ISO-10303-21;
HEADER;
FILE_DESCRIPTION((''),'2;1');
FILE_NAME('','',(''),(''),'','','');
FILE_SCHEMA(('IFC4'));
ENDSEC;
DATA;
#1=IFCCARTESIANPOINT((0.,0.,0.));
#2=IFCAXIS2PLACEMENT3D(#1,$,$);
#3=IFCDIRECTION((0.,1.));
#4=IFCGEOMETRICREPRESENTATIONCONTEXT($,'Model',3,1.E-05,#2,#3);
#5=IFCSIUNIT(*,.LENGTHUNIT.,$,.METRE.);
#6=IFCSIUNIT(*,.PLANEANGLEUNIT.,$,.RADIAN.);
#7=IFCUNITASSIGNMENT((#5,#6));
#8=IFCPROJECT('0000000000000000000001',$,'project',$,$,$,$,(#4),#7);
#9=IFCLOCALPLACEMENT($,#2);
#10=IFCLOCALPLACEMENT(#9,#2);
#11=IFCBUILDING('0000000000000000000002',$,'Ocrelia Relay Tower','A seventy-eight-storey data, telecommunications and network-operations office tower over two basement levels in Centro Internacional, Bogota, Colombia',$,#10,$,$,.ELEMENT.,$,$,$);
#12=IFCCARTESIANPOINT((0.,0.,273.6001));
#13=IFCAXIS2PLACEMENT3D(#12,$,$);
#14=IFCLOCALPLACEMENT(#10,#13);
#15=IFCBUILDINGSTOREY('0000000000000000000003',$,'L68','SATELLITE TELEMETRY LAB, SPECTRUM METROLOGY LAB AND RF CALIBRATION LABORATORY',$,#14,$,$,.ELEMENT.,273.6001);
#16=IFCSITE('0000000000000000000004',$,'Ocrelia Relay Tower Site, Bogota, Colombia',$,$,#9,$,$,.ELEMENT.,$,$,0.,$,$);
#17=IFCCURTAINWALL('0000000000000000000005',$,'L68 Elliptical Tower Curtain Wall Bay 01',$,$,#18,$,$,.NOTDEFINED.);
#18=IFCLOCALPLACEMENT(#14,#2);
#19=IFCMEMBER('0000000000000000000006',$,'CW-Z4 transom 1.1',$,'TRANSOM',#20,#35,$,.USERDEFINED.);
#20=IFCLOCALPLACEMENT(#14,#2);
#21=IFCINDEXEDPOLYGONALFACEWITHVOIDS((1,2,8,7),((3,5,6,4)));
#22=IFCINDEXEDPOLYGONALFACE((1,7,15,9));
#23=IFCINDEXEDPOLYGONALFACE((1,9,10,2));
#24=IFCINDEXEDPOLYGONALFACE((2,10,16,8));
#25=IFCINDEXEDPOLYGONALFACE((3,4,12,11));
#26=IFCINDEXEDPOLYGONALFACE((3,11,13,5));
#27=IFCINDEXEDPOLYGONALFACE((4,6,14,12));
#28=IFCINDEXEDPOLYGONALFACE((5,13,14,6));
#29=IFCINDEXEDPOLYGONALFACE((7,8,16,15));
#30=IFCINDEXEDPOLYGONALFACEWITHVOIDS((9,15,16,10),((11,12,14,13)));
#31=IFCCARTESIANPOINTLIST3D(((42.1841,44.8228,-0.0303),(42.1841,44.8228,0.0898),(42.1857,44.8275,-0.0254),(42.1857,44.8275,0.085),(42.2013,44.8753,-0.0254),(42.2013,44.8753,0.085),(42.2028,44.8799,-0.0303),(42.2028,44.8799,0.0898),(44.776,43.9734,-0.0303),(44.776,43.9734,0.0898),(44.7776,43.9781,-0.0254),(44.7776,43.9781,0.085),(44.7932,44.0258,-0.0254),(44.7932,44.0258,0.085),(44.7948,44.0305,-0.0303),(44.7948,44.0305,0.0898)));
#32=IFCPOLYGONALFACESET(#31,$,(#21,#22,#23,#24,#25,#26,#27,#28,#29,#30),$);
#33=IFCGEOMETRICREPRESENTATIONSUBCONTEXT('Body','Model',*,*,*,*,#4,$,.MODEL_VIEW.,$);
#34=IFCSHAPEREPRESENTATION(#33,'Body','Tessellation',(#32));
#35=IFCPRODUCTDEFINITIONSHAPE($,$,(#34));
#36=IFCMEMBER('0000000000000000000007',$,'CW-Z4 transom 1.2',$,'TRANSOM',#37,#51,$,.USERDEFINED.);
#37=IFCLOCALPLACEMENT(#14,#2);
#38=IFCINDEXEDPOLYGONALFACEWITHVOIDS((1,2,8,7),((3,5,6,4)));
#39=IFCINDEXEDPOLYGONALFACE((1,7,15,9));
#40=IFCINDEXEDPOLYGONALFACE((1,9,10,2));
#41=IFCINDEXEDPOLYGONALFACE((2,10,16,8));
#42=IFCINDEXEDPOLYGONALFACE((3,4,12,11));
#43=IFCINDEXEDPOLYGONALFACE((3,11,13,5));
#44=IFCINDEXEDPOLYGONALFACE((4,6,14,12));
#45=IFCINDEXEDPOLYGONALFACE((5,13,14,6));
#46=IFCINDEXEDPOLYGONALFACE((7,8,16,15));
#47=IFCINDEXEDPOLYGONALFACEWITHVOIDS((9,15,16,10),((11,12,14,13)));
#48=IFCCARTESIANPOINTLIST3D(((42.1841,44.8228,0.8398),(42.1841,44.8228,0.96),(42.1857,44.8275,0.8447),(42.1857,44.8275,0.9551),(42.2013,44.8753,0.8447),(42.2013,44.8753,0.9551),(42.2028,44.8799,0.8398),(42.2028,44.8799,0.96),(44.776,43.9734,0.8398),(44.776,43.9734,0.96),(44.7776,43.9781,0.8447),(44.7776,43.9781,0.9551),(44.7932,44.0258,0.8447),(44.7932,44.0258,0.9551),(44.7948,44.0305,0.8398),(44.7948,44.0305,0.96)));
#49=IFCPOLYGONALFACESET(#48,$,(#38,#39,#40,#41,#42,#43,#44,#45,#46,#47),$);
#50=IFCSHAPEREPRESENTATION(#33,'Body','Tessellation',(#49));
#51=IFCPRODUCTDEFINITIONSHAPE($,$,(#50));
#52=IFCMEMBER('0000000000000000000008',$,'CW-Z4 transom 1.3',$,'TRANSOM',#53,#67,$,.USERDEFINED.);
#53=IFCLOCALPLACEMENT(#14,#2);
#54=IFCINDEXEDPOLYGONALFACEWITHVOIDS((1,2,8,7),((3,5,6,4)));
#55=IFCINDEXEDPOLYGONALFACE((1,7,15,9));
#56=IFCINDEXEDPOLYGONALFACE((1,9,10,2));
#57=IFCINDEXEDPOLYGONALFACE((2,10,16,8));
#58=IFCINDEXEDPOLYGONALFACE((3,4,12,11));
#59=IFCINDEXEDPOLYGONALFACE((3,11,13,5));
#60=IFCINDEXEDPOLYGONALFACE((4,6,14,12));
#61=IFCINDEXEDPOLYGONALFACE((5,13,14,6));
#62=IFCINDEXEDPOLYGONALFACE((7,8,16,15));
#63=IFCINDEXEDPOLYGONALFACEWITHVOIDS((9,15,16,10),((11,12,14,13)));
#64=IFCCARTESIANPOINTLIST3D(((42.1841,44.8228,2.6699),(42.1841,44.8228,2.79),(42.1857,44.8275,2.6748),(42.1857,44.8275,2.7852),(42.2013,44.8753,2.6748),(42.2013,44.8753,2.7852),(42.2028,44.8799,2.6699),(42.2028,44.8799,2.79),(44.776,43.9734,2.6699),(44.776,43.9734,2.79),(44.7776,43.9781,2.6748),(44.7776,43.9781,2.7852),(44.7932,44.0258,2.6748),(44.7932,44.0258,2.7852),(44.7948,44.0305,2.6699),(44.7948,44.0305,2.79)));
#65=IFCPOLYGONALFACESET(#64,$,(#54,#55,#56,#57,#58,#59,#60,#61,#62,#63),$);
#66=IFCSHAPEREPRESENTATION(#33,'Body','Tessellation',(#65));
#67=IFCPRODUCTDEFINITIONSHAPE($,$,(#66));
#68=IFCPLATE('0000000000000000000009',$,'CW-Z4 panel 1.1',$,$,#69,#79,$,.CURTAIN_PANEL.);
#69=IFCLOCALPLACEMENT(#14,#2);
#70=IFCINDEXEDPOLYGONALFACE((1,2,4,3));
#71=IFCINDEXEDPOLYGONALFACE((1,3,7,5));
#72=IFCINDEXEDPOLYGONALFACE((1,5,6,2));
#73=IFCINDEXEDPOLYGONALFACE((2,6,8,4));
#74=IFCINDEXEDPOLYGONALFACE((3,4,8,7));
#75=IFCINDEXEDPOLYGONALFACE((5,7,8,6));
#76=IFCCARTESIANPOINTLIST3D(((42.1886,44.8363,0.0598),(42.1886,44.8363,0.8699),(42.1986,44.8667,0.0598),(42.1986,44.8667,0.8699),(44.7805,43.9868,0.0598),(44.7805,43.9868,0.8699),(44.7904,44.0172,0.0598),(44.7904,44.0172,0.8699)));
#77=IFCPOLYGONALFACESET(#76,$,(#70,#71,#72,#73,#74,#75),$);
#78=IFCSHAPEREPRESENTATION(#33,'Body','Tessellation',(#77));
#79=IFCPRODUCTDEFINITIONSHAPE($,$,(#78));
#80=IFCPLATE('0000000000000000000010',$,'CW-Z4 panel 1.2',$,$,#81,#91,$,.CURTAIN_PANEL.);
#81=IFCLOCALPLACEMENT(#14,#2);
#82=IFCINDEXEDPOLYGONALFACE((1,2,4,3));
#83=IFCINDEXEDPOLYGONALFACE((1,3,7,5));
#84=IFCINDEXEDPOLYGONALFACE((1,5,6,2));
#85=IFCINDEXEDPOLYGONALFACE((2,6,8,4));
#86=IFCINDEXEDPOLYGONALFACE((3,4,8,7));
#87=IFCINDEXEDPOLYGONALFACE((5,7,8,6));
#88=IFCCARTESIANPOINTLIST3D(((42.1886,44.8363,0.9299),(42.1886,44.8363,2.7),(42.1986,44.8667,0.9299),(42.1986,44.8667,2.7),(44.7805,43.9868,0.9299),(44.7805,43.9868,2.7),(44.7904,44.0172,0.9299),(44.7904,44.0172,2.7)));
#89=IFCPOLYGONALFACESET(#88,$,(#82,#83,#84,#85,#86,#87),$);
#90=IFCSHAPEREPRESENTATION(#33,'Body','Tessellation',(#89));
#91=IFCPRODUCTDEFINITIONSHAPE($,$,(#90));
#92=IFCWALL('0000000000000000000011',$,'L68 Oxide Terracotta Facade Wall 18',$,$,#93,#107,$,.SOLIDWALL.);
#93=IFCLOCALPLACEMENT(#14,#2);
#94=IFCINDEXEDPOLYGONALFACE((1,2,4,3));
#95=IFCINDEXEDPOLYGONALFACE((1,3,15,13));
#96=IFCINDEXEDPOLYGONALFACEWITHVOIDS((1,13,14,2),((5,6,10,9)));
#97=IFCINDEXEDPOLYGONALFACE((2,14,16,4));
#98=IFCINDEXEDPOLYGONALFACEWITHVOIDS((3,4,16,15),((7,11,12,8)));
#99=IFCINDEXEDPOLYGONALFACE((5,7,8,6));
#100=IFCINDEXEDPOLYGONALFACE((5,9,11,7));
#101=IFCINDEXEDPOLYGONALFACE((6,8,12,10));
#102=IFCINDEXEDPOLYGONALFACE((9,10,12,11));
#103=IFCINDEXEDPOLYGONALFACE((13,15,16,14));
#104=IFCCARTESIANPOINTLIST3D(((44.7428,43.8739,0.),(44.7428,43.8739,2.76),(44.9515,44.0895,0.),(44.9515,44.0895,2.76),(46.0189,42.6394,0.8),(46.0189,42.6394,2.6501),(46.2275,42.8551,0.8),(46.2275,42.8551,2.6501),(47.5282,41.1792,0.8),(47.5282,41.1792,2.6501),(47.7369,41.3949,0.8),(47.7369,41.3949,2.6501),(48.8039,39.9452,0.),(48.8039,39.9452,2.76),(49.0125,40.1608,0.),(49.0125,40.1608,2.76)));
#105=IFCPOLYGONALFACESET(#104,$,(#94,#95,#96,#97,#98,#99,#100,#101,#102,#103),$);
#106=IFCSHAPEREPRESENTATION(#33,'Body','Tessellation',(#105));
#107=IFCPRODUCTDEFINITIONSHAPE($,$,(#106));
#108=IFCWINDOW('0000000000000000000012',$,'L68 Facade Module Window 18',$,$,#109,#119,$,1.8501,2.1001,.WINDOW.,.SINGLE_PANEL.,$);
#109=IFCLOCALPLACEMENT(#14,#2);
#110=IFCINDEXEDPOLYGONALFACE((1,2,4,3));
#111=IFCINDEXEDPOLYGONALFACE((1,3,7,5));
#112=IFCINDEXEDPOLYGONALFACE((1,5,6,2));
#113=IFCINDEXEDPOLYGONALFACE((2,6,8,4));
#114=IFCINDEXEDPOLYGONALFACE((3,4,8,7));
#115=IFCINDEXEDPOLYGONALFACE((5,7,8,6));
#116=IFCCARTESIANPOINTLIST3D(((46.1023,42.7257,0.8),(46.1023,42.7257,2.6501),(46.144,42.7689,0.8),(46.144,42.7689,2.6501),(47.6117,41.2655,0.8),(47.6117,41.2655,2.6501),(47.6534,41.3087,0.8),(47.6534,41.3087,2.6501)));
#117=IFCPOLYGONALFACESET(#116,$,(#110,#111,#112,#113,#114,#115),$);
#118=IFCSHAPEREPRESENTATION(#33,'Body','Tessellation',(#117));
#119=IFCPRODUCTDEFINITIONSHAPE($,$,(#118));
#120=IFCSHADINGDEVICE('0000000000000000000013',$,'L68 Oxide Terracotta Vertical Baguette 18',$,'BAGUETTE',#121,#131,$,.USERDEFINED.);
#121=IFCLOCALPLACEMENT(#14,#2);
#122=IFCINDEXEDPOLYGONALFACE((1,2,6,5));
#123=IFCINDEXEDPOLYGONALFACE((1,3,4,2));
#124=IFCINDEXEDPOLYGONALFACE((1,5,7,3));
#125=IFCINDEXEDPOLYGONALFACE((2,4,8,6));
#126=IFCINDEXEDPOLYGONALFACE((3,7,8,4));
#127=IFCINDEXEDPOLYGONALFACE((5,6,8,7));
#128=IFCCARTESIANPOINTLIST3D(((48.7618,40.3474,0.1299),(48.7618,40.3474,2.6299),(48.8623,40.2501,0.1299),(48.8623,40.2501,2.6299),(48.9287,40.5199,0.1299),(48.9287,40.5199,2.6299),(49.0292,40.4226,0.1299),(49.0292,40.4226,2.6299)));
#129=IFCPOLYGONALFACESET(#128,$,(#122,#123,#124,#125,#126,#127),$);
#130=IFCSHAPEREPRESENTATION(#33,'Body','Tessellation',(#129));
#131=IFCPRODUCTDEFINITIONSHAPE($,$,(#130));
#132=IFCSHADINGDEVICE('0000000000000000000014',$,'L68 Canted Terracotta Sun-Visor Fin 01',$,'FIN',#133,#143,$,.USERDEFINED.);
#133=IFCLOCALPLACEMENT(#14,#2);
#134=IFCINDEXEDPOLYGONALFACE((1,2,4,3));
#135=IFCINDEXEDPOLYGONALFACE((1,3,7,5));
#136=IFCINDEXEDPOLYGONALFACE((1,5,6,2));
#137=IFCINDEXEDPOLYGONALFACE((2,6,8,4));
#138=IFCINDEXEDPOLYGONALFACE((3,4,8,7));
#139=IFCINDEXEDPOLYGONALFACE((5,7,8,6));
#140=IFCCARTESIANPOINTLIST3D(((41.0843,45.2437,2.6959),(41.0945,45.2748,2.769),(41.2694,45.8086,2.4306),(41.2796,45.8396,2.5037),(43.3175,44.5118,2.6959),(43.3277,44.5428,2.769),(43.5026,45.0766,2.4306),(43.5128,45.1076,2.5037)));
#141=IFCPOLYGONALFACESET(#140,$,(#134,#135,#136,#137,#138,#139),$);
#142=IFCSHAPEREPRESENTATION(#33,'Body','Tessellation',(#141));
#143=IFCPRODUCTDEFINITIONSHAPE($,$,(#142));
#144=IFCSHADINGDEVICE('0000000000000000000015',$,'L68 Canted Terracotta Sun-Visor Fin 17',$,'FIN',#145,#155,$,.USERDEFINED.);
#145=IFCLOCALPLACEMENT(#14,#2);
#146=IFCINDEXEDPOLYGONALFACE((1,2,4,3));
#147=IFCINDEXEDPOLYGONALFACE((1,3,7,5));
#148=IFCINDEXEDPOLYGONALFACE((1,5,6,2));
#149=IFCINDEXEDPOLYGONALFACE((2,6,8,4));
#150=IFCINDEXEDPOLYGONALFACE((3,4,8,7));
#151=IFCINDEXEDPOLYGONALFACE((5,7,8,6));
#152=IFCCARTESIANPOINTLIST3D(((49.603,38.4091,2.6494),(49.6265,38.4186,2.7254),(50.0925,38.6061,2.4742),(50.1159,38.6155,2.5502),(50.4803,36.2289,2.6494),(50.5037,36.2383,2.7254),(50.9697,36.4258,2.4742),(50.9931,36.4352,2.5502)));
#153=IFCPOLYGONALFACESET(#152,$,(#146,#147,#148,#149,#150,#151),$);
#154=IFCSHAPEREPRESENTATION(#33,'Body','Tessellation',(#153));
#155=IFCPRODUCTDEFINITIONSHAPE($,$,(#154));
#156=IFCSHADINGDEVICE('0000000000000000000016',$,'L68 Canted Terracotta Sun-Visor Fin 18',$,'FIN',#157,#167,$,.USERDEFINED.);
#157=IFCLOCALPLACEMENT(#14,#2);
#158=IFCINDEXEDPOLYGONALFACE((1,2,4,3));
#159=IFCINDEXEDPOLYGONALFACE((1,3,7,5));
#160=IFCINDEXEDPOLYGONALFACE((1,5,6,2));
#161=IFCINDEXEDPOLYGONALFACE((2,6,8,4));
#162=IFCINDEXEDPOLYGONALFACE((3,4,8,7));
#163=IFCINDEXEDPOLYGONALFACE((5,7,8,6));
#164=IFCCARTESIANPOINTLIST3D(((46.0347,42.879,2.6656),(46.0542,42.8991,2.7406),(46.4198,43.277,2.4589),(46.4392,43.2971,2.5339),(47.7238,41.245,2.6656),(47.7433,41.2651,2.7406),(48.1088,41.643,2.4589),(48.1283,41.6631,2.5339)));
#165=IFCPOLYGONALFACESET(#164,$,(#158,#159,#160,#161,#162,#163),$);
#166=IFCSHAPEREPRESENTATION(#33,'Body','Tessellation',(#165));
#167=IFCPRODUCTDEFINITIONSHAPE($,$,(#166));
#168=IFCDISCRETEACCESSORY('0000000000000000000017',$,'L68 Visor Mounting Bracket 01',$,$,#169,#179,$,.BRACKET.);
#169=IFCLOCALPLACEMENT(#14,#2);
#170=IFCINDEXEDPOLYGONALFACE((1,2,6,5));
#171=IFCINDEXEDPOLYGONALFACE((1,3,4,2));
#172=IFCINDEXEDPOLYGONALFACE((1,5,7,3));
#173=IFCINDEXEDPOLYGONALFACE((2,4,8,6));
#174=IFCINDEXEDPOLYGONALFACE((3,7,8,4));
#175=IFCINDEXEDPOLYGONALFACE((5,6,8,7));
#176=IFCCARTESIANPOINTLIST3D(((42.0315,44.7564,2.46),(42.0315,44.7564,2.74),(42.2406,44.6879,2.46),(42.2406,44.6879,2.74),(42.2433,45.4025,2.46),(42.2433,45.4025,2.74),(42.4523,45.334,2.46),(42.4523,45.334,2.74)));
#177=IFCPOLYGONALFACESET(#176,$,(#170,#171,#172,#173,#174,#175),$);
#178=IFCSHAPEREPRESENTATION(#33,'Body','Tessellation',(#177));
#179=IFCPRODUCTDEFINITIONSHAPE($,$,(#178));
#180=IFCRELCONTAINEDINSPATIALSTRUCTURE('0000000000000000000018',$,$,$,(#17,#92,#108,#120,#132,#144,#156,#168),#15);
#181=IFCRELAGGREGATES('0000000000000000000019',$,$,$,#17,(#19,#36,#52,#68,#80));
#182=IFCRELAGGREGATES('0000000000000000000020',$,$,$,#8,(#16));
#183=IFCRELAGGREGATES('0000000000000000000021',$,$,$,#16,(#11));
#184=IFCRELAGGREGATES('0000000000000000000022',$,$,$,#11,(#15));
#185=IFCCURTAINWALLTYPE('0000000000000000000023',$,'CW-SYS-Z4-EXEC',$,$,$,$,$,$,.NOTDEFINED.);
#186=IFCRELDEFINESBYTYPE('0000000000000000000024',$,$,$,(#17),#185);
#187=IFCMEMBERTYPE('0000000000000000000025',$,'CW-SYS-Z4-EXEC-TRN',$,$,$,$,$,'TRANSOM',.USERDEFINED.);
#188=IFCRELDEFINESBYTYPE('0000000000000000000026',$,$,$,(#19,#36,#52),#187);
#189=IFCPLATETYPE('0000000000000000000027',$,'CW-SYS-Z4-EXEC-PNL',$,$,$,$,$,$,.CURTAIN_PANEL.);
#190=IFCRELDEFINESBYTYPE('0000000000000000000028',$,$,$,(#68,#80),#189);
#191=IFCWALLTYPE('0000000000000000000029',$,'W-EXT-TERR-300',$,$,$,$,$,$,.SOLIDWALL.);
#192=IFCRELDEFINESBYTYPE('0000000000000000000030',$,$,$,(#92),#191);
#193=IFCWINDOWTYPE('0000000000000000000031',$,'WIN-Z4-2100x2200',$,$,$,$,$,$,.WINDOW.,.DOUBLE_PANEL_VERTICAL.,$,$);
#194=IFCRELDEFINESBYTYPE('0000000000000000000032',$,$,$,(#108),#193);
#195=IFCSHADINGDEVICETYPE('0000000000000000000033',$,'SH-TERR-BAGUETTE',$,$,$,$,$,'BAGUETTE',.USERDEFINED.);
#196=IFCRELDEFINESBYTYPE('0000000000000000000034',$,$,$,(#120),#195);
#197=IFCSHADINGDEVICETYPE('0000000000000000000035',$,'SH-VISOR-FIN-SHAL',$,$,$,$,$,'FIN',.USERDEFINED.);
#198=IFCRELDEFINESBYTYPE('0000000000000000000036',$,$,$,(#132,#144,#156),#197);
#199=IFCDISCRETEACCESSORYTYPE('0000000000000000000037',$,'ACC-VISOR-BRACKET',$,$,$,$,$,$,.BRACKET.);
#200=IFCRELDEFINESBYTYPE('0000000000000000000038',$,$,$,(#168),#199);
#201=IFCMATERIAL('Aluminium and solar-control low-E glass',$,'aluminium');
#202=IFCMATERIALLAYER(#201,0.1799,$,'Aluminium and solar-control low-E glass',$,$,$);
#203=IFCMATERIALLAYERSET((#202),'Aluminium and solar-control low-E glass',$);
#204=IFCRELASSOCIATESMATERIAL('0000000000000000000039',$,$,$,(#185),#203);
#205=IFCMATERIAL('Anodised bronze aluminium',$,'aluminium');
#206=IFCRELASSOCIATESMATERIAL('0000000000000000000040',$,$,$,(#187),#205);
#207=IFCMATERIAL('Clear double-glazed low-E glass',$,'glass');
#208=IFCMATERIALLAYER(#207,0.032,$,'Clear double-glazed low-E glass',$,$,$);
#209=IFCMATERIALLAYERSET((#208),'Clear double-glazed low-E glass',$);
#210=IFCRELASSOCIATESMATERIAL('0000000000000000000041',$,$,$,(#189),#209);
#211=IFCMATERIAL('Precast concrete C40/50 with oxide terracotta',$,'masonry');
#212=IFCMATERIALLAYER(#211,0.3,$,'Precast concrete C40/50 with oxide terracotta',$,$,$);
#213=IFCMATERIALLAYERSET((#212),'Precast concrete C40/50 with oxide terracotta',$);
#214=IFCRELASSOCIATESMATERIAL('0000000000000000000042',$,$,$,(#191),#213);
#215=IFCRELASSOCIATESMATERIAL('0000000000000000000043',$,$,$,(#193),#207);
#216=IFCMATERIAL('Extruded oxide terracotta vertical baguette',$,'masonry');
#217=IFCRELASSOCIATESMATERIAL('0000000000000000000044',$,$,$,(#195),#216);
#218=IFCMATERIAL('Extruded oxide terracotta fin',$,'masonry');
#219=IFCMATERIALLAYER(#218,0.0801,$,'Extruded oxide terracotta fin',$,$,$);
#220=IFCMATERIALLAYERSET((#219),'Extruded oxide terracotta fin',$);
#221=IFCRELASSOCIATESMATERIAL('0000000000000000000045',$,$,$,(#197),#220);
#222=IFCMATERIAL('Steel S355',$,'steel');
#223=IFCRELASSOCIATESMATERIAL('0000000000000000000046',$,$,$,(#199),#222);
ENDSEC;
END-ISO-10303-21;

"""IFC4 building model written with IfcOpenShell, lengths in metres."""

from ifc_helpers import new_model, si_unit, direction, frame, frame_2d, origin, origin_2d, place, context, subcontext, project, spatial, rectangle, hollow_rectangle, extrude, material, layer, layer_set, material_profile, profile_set, type_object, element, fill, aggregate, save


model = new_model("IFC4")

# Units and contexts
model_context = context("Model", 3, precision=1e-05, world=origin(), true_north=direction((0.0, 1.0)))
body_context = subcontext(model_context, "Body", "Model", "MODEL_VIEW")
ifc_project = project(units=[si_unit("LENGTHUNIT", "METRE"), si_unit("PLANEANGLEUNIT", "RADIAN")], contexts=[model_context])

# Site, building, storey
site_placement = place(None, origin())
site = spatial("IfcSite", under=ifc_project, at=site_placement, Name="Ocrelia Relay Tower Site, Bogota, Colombia", CompositionType="ELEMENT", RefElevation=0.0)
building_placement = place(site_placement, origin())
building = spatial("IfcBuilding", under=site, at=building_placement, Name="Ocrelia Relay Tower", Description="A seventy-eight-storey data, telecommunications and network-operations office tower over two basement levels in Centro Internacional, Bogota, Colombia", CompositionType="ELEMENT")
storey_placement = place(building_placement, frame((0.0, 0.0, 273.6001)))
storey = spatial("IfcBuildingStorey", under=building, at=storey_placement, Name="L68", Description="SATELLITE TELEMETRY LAB, SPECTRUM METROLOGY LAB AND RF CALIBRATION LABORATORY", CompositionType="ELEMENT", Elevation=273.6001)

# Shared definitions
ifc_material_1 = material(Name="Steel S355", Category="steel")

# Curtain wall, members, plates
ifc_material_2 = material(Name="Aluminium and solar-control low-E glass", Category="aluminium")
ifc_layer_1 = layer(ifc_material_2, 0.1799, Name="Aluminium and solar-control low-E glass")
ifc_layer_set_1 = layer_set([ifc_layer_1], Name="Aluminium and solar-control low-E glass")
curtain_wall_type = type_object("IfcCurtainWallType", Name="CW-SYS-Z4-EXEC", PredefinedType="NOTDEFINED", material=ifc_layer_set_1)
curtain_wall_placement = place(storey_placement, origin())
curtain_wall = element("IfcCurtainWall", 1, at=curtain_wall_placement, inside=storey, type_object=curtain_wall_type, Name="L68 Elliptical Tower Curtain Wall Bay 01", PredefinedType="NOTDEFINED")
ifc_material_3 = material(Name="Anodised bronze aluminium", Category="aluminium")
ifc_material_profile_1 = material_profile(ifc_material_3, hollow_rectangle(XDim=0.0601, YDim=0.1201, WallThickness=0.0049, at=origin_2d()), Name="CW-TRN-120x60")
ifc_profile_set_1 = profile_set([ifc_material_profile_1], Name="Anodised bronze aluminium")
member_type_1 = type_object("IfcMemberType", Name="CW-SYS-Z4-EXEC-TRN", ElementType="TRANSOM", PredefinedType="USERDEFINED", material=ifc_profile_set_1)
member_1_placement = place(storey_placement, frame((44.7854, 44.002, 0.0298), z_axis=(-0.950273, 0.311417, 0.0), x_axis=(-0.311417, -0.950273, 0.0)))
member_1 = element("IfcMember", 2, at=member_1_placement, type_object=member_type_1, Name="CW-Z4 transom 1.1", ObjectType="TRANSOM", PredefinedType="USERDEFINED", context=body_context, shape_type="SweptSolid", body=[
    extrude(hollow_rectangle(XDim=0.0601, YDim=0.1201, WallThickness=0.0049, at=origin_2d()), origin(), (0.0, 0.0, 1.0), 2.7275),
])
member_2_placement = place(storey_placement, frame((44.7854, 44.002, 0.8999), z_axis=(-0.950273, 0.311417, 0.0), x_axis=(-0.311417, -0.950273, 0.0)))
member_2 = element("IfcMember", 3, at=member_2_placement, type_object=member_type_1, Name="CW-Z4 transom 1.2", ObjectType="TRANSOM", PredefinedType="USERDEFINED", context=body_context, shape_type="SweptSolid", body=[
    extrude(hollow_rectangle(XDim=0.0601, YDim=0.1201, WallThickness=0.0049, at=origin_2d()), origin(), (0.0, 0.0, 1.0), 2.7275),
])
member_3_placement = place(storey_placement, frame((44.7854, 44.002, 2.73), z_axis=(-0.950273, 0.311417, 0.0), x_axis=(-0.311417, -0.950273, 0.0)))
member_3 = element("IfcMember", 4, at=member_3_placement, type_object=member_type_1, Name="CW-Z4 transom 1.3", ObjectType="TRANSOM", PredefinedType="USERDEFINED", context=body_context, shape_type="SweptSolid", body=[
    extrude(hollow_rectangle(XDim=0.0601, YDim=0.1201, WallThickness=0.0049, at=origin_2d()), origin(), (0.0, 0.0, 1.0), 2.7275),
])
ifc_material_4 = material(Name="Clear double-glazed low-E glass", Category="glass")
ifc_layer_2 = layer(ifc_material_4, 0.032, Name="Clear double-glazed low-E glass")
ifc_layer_set_2 = layer_set([ifc_layer_2], Name="Clear double-glazed low-E glass")
plate_type = type_object("IfcPlateType", Name="CW-SYS-Z4-EXEC-PNL", PredefinedType="CURTAIN_PANEL", material=ifc_layer_set_2)
plate_1_placement = place(storey_placement, frame((43.4895, 44.4268, 0.0598), z_axis=(0.0, 0.0, 1.0), x_axis=(-0.950255, 0.311472, 0.0)))
plate_1 = element("IfcPlate", 5, at=plate_1_placement, type_object=plate_type, Name="CW-Z4 panel 1.1", PredefinedType="CURTAIN_PANEL", context=body_context, shape_type="SweptSolid", body=[
    extrude(rectangle(XDim=2.7275, YDim=0.032, at=origin_2d()), origin(), (0.0, 0.0, 1.0), 0.8101),
])
plate_2_placement = place(storey_placement, frame((43.4895, 44.4268, 0.9299), z_axis=(0.0, 0.0, 1.0), x_axis=(-0.950255, 0.311472, 0.0)))
plate_2 = element("IfcPlate", 6, at=plate_2_placement, type_object=plate_type, Name="CW-Z4 panel 1.2", PredefinedType="CURTAIN_PANEL", context=body_context, shape_type="SweptSolid", body=[
    extrude(rectangle(XDim=2.7275, YDim=0.032, at=origin_2d()), origin(), (0.0, 0.0, 1.0), 1.77),
])
aggregate(curtain_wall, [member_1, member_2, member_3, plate_1, plate_2])

# Wall, opening, window
ifc_material_5 = material(Name="Precast concrete C40/50 with oxide terracotta", Category="masonry")
ifc_layer_3 = layer(ifc_material_5, 0.3, Name="Precast concrete C40/50 with oxide terracotta")
ifc_layer_set_3 = layer_set([ifc_layer_3], Name="Precast concrete C40/50 with oxide terracotta")
wall_type = type_object("IfcWallType", Name="W-EXT-TERR-300", PredefinedType="SOLIDWALL", material=ifc_layer_set_3)
wall_placement = place(storey_placement, frame((48.9082, 40.053, 0.0), z_axis=(0.0, 0.0, 1.0), x_axis=(-0.718719, 0.695301, 0.0)))
wall = element("IfcWall", 7, at=wall_placement, inside=storey, type_object=wall_type, Name="L68 Oxide Terracotta Facade Wall 18", PredefinedType="SOLIDWALL", context=body_context, shape_type="SweptSolid", body=[
    extrude(rectangle(XDim=5.6504, YDim=0.3, at=frame_2d((2.8252, 0.0))), origin(), (0.0, 0.0, 1.0), 2.76),
])
opening_placement = place(wall_placement, frame((1.7749, 0.0, 0.8)))
opening = element("IfcOpeningElement", 8, at=opening_placement, cuts=wall, PredefinedType="OPENING", context=body_context, shape_type="SweptSolid", body=[
    extrude(rectangle(XDim=2.1001, YDim=1.8501, at=frame_2d((1.05, 0.925))), frame((0.0, 0.1602, 0.0), z_axis=(0.0, -1.0, 0.0), x_axis=(1.0, 0.0, 0.0)), (0.0, 0.0, 1.0), 0.3201),
])
window_type = type_object("IfcWindowType", Name="WIN-Z4-2100x2200", PartitioningType="DOUBLE_PANEL_VERTICAL", PredefinedType="WINDOW", material=ifc_material_4)
window_placement = place(opening_placement, origin())
window = element("IfcWindow", 9, at=window_placement, inside=storey, type_object=window_type, Name="L68 Facade Module Window 18", OverallHeight=1.8501, OverallWidth=2.1001, PartitioningType="SINGLE_PANEL", PredefinedType="WINDOW", context=body_context, shape_type="SweptSolid", body=[
    extrude(rectangle(XDim=2.1001, YDim=1.8501, at=frame_2d((1.05, 0.925))), frame((0.0, 0.03, 0.0), z_axis=(0.0, -1.0, 0.0), x_axis=(1.0, 0.0, 0.0)), (0.0, 0.0, 1.0), 0.0601),
])
fill(opening, window)

# Shading devices
ifc_material_6 = material(Name="Extruded oxide terracotta vertical baguette", Category="masonry")
shading_device_type_1 = type_object("IfcShadingDeviceType", Name="SH-TERR-BAGUETTE", ElementType="BAGUETTE", PredefinedType="USERDEFINED", material=ifc_material_6)
shading_device_1_placement = place(storey_placement, frame((48.8955, 40.385, 0.1299), z_axis=(0.0, 0.0, 1.0), x_axis=(-0.718709, 0.695311, 0.0)))
element("IfcShadingDevice", 10, at=shading_device_1_placement, inside=storey, type_object=shading_device_type_1, Name="L68 Oxide Terracotta Vertical Baguette 18", ObjectType="BAGUETTE", PredefinedType="USERDEFINED", context=body_context, shape_type="SweptSolid", body=[
    extrude(rectangle(XDim=0.1399, YDim=0.24, at=origin_2d()), origin(), (0.0, 0.0, 1.0), 2.5),
])
ifc_material_7 = material(Name="Extruded oxide terracotta fin", Category="masonry")
ifc_layer_4 = layer(ifc_material_7, 0.0801, Name="Extruded oxide terracotta fin")
ifc_layer_set_4 = layer_set([ifc_layer_4], Name="Extruded oxide terracotta fin")
shading_device_type_2 = type_object("IfcShadingDeviceType", Name="SH-VISOR-FIN-SHAL", ElementType="FIN", PredefinedType="USERDEFINED", material=ifc_layer_set_4)
shading_device_2_placement = place(storey_placement, frame((42.2935, 45.1602, 2.5632), z_axis=(0.126935, 0.387261, 0.91319), x_axis=(-0.950255, 0.311472, 0.0)))
element("IfcShadingDevice", 11, at=shading_device_2_placement, inside=storey, type_object=shading_device_type_2, Name="L68 Canted Terracotta Sun-Visor Fin 01", ObjectType="FIN", PredefinedType="USERDEFINED", context=body_context, shape_type="SweptSolid", body=[
    extrude(rectangle(XDim=2.3501, YDim=0.6509, at=origin_2d()), origin(), (0.0, 0.0, 1.0), 0.0801),
])
shading_device_3_placement = place(storey_placement, frame((50.2864, 37.4175, 2.5618), z_axis=(0.292374, 0.117637, 0.949041), x_axis=(-0.37327, 0.927723, 0.0)))
element("IfcShadingDevice", 12, at=shading_device_3_placement, inside=storey, type_object=shading_device_type_2, Name="L68 Canted Terracotta Sun-Visor Fin 17", ObjectType="FIN", PredefinedType="USERDEFINED", context=body_context, shape_type="SweptSolid", body=[
    extrude(rectangle(XDim=2.3501, YDim=0.5559, at=origin_2d()), origin(), (0.0, 0.0, 1.0), 0.0801),
])
shading_device_4_placement = place(storey_placement, frame((47.0718, 42.261, 2.5623), z_axis=(0.243162, 0.251345, 0.936855), x_axis=(-0.718709, 0.695311, 0.0)))
element("IfcShadingDevice", 13, at=shading_device_4_placement, inside=storey, type_object=shading_device_type_2, Name="L68 Canted Terracotta Sun-Visor Fin 18", ObjectType="FIN", PredefinedType="USERDEFINED", context=body_context, shape_type="SweptSolid", body=[
    extrude(rectangle(XDim=2.3501, YDim=0.5911, at=origin_2d()), origin(), (0.0, 0.0, 1.0), 0.0801),
])

# Discrete accessory
discrete_accessory_type = type_object("IfcDiscreteAccessoryType", Name="ACC-VISOR-BRACKET", PredefinedType="BRACKET", material=ifc_material_1)
for number, where, z_axis, x_axis, name in (
    (14, (42.2419, 45.0452, 2.46), (0.0, 0.0, 1.0), (-0.950255, 0.311472, 0.0), "L68 Visor Mounting Bracket 01"),
):
    element("IfcDiscreteAccessory", number, at=place(storey_placement, frame(where, z_axis=z_axis, x_axis=x_axis)), inside=storey, type_object=discrete_accessory_type, Name=name, PredefinedType="BRACKET", context=body_context, shape_type="SweptSolid", body=[
        extrude(rectangle(XDim=0.22, YDim=0.6799, at=origin_2d()), origin(), (0.0, 0.0, 1.0), 0.28),
    ])

save(model, "model.ifc")
